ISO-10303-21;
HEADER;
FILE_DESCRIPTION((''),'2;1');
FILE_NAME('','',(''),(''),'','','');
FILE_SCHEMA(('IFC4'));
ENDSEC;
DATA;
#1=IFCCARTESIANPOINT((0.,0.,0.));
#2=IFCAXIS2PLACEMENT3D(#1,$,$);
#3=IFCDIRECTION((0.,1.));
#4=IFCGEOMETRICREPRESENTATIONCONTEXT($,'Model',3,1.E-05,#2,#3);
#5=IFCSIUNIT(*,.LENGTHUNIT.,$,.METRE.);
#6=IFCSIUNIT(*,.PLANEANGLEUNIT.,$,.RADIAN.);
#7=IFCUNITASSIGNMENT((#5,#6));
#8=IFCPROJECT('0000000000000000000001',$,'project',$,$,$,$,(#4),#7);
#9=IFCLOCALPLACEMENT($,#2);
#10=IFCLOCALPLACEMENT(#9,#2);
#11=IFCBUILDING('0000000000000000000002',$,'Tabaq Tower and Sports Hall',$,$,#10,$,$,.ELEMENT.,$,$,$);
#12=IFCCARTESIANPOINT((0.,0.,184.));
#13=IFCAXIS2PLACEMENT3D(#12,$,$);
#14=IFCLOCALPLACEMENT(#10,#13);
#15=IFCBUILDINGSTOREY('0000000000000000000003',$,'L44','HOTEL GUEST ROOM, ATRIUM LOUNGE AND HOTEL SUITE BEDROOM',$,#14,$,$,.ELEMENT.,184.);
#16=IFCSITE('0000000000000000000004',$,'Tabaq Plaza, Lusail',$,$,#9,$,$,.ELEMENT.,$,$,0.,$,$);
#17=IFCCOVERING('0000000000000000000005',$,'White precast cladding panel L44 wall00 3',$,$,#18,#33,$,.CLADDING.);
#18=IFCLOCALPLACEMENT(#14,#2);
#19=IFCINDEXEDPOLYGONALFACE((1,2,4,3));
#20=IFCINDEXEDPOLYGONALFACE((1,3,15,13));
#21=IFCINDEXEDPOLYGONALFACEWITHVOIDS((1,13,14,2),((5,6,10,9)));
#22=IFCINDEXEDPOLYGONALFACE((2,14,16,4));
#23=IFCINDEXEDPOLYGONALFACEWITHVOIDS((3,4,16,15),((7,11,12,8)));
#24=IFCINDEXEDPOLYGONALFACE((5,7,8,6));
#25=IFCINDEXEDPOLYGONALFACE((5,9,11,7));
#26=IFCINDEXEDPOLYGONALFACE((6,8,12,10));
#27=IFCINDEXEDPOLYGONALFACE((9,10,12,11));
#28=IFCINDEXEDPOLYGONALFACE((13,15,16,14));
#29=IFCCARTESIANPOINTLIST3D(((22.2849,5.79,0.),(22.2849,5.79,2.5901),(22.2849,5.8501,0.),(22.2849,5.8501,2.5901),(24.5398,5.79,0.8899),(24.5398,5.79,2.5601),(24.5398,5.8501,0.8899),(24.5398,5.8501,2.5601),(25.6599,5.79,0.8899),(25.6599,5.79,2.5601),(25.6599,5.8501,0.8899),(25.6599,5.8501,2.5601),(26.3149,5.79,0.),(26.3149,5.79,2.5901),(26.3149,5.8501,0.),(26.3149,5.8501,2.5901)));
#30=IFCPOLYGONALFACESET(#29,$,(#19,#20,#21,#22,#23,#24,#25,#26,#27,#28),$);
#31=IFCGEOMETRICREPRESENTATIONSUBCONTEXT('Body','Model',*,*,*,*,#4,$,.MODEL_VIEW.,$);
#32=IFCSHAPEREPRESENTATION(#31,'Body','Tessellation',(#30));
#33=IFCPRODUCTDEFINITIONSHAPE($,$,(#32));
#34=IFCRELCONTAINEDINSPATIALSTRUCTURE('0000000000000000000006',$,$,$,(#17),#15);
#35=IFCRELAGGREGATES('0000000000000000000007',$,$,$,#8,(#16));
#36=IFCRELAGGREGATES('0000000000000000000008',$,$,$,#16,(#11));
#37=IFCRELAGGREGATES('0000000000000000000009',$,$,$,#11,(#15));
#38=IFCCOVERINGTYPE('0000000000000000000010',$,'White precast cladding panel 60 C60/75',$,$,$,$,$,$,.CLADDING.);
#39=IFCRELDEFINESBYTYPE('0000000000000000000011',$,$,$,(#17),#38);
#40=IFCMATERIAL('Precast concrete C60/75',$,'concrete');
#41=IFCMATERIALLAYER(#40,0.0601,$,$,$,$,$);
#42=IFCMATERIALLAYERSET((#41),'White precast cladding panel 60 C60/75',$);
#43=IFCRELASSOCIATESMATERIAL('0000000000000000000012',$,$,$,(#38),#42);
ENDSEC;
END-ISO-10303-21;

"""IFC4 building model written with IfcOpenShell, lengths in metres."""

from ifc_helpers import new_model, si_unit, direction, frame, origin, place, context, subcontext, project, spatial, polyline, outline, extrude, material, layer, layer_set, type_object, element, save


model = new_model("IFC4")

# Units and contexts
model_context = context("Model", 3, precision=1e-05, world=origin(), true_north=direction((0.0, 1.0)))
body_context = subcontext(model_context, "Body", "Model", "MODEL_VIEW")
ifc_project = project(units=[si_unit("LENGTHUNIT", "METRE"), si_unit("PLANEANGLEUNIT", "RADIAN")], contexts=[model_context])

# Site, building, storey
site_placement = place(None, origin())
site = spatial("IfcSite", under=ifc_project, at=site_placement, Name="Tabaq Plaza, Lusail", CompositionType="ELEMENT", RefElevation=0.0)
building_placement = place(site_placement, origin())
building = spatial("IfcBuilding", under=site, at=building_placement, Name="Tabaq Tower and Sports Hall", CompositionType="ELEMENT")
storey_placement = place(building_placement, frame((0.0, 0.0, 184.0)))
storey = spatial("IfcBuildingStorey", under=building, at=storey_placement, Name="L44", Description="HOTEL GUEST ROOM, ATRIUM LOUNGE AND HOTEL SUITE BEDROOM", CompositionType="ELEMENT", Elevation=184.0)

# Covering
ifc_material_1 = material(Name="Precast concrete C60/75", Category="concrete")
ifc_layer_1 = layer(ifc_material_1, 0.0601)
ifc_layer_set_1 = layer_set([ifc_layer_1], Name="White precast cladding panel 60 C60/75")
covering_type = type_object("IfcCoveringType", Name="White precast cladding panel 60 C60/75", PredefinedType="CLADDING", material=ifc_layer_set_1)
covering_1_placement = place(storey_placement, frame((22.2849, 5.8201, 0.0), z_axis=(0.0, 0.0, 1.0), x_axis=(1.0, 0.0, 0.0)))
element("IfcCovering", 1, at=covering_1_placement, inside=storey, type_object=covering_type, Name="White precast cladding panel L44 wall00 3", PredefinedType="CLADDING", context=body_context, shape_type="SweptSolid", body=[
    extrude(outline(polyline([(0.0, 0.0), (4.03, 0.0), (4.03, 2.5901), (0.0, 2.5901), (0.0, 0.0)]), holes=[polyline([(3.375, 0.8899), (2.2549, 0.8899), (2.2549, 2.5601), (3.375, 2.5601), (3.375, 0.8899)])]), frame((0.0, 0.03, 0.0), z_axis=(0.0, -1.0, 0.0), x_axis=(1.0, 0.0, 0.0)), (0.0, 0.0, 1.0), 0.0601),
])

save(model, "model.ifc")
